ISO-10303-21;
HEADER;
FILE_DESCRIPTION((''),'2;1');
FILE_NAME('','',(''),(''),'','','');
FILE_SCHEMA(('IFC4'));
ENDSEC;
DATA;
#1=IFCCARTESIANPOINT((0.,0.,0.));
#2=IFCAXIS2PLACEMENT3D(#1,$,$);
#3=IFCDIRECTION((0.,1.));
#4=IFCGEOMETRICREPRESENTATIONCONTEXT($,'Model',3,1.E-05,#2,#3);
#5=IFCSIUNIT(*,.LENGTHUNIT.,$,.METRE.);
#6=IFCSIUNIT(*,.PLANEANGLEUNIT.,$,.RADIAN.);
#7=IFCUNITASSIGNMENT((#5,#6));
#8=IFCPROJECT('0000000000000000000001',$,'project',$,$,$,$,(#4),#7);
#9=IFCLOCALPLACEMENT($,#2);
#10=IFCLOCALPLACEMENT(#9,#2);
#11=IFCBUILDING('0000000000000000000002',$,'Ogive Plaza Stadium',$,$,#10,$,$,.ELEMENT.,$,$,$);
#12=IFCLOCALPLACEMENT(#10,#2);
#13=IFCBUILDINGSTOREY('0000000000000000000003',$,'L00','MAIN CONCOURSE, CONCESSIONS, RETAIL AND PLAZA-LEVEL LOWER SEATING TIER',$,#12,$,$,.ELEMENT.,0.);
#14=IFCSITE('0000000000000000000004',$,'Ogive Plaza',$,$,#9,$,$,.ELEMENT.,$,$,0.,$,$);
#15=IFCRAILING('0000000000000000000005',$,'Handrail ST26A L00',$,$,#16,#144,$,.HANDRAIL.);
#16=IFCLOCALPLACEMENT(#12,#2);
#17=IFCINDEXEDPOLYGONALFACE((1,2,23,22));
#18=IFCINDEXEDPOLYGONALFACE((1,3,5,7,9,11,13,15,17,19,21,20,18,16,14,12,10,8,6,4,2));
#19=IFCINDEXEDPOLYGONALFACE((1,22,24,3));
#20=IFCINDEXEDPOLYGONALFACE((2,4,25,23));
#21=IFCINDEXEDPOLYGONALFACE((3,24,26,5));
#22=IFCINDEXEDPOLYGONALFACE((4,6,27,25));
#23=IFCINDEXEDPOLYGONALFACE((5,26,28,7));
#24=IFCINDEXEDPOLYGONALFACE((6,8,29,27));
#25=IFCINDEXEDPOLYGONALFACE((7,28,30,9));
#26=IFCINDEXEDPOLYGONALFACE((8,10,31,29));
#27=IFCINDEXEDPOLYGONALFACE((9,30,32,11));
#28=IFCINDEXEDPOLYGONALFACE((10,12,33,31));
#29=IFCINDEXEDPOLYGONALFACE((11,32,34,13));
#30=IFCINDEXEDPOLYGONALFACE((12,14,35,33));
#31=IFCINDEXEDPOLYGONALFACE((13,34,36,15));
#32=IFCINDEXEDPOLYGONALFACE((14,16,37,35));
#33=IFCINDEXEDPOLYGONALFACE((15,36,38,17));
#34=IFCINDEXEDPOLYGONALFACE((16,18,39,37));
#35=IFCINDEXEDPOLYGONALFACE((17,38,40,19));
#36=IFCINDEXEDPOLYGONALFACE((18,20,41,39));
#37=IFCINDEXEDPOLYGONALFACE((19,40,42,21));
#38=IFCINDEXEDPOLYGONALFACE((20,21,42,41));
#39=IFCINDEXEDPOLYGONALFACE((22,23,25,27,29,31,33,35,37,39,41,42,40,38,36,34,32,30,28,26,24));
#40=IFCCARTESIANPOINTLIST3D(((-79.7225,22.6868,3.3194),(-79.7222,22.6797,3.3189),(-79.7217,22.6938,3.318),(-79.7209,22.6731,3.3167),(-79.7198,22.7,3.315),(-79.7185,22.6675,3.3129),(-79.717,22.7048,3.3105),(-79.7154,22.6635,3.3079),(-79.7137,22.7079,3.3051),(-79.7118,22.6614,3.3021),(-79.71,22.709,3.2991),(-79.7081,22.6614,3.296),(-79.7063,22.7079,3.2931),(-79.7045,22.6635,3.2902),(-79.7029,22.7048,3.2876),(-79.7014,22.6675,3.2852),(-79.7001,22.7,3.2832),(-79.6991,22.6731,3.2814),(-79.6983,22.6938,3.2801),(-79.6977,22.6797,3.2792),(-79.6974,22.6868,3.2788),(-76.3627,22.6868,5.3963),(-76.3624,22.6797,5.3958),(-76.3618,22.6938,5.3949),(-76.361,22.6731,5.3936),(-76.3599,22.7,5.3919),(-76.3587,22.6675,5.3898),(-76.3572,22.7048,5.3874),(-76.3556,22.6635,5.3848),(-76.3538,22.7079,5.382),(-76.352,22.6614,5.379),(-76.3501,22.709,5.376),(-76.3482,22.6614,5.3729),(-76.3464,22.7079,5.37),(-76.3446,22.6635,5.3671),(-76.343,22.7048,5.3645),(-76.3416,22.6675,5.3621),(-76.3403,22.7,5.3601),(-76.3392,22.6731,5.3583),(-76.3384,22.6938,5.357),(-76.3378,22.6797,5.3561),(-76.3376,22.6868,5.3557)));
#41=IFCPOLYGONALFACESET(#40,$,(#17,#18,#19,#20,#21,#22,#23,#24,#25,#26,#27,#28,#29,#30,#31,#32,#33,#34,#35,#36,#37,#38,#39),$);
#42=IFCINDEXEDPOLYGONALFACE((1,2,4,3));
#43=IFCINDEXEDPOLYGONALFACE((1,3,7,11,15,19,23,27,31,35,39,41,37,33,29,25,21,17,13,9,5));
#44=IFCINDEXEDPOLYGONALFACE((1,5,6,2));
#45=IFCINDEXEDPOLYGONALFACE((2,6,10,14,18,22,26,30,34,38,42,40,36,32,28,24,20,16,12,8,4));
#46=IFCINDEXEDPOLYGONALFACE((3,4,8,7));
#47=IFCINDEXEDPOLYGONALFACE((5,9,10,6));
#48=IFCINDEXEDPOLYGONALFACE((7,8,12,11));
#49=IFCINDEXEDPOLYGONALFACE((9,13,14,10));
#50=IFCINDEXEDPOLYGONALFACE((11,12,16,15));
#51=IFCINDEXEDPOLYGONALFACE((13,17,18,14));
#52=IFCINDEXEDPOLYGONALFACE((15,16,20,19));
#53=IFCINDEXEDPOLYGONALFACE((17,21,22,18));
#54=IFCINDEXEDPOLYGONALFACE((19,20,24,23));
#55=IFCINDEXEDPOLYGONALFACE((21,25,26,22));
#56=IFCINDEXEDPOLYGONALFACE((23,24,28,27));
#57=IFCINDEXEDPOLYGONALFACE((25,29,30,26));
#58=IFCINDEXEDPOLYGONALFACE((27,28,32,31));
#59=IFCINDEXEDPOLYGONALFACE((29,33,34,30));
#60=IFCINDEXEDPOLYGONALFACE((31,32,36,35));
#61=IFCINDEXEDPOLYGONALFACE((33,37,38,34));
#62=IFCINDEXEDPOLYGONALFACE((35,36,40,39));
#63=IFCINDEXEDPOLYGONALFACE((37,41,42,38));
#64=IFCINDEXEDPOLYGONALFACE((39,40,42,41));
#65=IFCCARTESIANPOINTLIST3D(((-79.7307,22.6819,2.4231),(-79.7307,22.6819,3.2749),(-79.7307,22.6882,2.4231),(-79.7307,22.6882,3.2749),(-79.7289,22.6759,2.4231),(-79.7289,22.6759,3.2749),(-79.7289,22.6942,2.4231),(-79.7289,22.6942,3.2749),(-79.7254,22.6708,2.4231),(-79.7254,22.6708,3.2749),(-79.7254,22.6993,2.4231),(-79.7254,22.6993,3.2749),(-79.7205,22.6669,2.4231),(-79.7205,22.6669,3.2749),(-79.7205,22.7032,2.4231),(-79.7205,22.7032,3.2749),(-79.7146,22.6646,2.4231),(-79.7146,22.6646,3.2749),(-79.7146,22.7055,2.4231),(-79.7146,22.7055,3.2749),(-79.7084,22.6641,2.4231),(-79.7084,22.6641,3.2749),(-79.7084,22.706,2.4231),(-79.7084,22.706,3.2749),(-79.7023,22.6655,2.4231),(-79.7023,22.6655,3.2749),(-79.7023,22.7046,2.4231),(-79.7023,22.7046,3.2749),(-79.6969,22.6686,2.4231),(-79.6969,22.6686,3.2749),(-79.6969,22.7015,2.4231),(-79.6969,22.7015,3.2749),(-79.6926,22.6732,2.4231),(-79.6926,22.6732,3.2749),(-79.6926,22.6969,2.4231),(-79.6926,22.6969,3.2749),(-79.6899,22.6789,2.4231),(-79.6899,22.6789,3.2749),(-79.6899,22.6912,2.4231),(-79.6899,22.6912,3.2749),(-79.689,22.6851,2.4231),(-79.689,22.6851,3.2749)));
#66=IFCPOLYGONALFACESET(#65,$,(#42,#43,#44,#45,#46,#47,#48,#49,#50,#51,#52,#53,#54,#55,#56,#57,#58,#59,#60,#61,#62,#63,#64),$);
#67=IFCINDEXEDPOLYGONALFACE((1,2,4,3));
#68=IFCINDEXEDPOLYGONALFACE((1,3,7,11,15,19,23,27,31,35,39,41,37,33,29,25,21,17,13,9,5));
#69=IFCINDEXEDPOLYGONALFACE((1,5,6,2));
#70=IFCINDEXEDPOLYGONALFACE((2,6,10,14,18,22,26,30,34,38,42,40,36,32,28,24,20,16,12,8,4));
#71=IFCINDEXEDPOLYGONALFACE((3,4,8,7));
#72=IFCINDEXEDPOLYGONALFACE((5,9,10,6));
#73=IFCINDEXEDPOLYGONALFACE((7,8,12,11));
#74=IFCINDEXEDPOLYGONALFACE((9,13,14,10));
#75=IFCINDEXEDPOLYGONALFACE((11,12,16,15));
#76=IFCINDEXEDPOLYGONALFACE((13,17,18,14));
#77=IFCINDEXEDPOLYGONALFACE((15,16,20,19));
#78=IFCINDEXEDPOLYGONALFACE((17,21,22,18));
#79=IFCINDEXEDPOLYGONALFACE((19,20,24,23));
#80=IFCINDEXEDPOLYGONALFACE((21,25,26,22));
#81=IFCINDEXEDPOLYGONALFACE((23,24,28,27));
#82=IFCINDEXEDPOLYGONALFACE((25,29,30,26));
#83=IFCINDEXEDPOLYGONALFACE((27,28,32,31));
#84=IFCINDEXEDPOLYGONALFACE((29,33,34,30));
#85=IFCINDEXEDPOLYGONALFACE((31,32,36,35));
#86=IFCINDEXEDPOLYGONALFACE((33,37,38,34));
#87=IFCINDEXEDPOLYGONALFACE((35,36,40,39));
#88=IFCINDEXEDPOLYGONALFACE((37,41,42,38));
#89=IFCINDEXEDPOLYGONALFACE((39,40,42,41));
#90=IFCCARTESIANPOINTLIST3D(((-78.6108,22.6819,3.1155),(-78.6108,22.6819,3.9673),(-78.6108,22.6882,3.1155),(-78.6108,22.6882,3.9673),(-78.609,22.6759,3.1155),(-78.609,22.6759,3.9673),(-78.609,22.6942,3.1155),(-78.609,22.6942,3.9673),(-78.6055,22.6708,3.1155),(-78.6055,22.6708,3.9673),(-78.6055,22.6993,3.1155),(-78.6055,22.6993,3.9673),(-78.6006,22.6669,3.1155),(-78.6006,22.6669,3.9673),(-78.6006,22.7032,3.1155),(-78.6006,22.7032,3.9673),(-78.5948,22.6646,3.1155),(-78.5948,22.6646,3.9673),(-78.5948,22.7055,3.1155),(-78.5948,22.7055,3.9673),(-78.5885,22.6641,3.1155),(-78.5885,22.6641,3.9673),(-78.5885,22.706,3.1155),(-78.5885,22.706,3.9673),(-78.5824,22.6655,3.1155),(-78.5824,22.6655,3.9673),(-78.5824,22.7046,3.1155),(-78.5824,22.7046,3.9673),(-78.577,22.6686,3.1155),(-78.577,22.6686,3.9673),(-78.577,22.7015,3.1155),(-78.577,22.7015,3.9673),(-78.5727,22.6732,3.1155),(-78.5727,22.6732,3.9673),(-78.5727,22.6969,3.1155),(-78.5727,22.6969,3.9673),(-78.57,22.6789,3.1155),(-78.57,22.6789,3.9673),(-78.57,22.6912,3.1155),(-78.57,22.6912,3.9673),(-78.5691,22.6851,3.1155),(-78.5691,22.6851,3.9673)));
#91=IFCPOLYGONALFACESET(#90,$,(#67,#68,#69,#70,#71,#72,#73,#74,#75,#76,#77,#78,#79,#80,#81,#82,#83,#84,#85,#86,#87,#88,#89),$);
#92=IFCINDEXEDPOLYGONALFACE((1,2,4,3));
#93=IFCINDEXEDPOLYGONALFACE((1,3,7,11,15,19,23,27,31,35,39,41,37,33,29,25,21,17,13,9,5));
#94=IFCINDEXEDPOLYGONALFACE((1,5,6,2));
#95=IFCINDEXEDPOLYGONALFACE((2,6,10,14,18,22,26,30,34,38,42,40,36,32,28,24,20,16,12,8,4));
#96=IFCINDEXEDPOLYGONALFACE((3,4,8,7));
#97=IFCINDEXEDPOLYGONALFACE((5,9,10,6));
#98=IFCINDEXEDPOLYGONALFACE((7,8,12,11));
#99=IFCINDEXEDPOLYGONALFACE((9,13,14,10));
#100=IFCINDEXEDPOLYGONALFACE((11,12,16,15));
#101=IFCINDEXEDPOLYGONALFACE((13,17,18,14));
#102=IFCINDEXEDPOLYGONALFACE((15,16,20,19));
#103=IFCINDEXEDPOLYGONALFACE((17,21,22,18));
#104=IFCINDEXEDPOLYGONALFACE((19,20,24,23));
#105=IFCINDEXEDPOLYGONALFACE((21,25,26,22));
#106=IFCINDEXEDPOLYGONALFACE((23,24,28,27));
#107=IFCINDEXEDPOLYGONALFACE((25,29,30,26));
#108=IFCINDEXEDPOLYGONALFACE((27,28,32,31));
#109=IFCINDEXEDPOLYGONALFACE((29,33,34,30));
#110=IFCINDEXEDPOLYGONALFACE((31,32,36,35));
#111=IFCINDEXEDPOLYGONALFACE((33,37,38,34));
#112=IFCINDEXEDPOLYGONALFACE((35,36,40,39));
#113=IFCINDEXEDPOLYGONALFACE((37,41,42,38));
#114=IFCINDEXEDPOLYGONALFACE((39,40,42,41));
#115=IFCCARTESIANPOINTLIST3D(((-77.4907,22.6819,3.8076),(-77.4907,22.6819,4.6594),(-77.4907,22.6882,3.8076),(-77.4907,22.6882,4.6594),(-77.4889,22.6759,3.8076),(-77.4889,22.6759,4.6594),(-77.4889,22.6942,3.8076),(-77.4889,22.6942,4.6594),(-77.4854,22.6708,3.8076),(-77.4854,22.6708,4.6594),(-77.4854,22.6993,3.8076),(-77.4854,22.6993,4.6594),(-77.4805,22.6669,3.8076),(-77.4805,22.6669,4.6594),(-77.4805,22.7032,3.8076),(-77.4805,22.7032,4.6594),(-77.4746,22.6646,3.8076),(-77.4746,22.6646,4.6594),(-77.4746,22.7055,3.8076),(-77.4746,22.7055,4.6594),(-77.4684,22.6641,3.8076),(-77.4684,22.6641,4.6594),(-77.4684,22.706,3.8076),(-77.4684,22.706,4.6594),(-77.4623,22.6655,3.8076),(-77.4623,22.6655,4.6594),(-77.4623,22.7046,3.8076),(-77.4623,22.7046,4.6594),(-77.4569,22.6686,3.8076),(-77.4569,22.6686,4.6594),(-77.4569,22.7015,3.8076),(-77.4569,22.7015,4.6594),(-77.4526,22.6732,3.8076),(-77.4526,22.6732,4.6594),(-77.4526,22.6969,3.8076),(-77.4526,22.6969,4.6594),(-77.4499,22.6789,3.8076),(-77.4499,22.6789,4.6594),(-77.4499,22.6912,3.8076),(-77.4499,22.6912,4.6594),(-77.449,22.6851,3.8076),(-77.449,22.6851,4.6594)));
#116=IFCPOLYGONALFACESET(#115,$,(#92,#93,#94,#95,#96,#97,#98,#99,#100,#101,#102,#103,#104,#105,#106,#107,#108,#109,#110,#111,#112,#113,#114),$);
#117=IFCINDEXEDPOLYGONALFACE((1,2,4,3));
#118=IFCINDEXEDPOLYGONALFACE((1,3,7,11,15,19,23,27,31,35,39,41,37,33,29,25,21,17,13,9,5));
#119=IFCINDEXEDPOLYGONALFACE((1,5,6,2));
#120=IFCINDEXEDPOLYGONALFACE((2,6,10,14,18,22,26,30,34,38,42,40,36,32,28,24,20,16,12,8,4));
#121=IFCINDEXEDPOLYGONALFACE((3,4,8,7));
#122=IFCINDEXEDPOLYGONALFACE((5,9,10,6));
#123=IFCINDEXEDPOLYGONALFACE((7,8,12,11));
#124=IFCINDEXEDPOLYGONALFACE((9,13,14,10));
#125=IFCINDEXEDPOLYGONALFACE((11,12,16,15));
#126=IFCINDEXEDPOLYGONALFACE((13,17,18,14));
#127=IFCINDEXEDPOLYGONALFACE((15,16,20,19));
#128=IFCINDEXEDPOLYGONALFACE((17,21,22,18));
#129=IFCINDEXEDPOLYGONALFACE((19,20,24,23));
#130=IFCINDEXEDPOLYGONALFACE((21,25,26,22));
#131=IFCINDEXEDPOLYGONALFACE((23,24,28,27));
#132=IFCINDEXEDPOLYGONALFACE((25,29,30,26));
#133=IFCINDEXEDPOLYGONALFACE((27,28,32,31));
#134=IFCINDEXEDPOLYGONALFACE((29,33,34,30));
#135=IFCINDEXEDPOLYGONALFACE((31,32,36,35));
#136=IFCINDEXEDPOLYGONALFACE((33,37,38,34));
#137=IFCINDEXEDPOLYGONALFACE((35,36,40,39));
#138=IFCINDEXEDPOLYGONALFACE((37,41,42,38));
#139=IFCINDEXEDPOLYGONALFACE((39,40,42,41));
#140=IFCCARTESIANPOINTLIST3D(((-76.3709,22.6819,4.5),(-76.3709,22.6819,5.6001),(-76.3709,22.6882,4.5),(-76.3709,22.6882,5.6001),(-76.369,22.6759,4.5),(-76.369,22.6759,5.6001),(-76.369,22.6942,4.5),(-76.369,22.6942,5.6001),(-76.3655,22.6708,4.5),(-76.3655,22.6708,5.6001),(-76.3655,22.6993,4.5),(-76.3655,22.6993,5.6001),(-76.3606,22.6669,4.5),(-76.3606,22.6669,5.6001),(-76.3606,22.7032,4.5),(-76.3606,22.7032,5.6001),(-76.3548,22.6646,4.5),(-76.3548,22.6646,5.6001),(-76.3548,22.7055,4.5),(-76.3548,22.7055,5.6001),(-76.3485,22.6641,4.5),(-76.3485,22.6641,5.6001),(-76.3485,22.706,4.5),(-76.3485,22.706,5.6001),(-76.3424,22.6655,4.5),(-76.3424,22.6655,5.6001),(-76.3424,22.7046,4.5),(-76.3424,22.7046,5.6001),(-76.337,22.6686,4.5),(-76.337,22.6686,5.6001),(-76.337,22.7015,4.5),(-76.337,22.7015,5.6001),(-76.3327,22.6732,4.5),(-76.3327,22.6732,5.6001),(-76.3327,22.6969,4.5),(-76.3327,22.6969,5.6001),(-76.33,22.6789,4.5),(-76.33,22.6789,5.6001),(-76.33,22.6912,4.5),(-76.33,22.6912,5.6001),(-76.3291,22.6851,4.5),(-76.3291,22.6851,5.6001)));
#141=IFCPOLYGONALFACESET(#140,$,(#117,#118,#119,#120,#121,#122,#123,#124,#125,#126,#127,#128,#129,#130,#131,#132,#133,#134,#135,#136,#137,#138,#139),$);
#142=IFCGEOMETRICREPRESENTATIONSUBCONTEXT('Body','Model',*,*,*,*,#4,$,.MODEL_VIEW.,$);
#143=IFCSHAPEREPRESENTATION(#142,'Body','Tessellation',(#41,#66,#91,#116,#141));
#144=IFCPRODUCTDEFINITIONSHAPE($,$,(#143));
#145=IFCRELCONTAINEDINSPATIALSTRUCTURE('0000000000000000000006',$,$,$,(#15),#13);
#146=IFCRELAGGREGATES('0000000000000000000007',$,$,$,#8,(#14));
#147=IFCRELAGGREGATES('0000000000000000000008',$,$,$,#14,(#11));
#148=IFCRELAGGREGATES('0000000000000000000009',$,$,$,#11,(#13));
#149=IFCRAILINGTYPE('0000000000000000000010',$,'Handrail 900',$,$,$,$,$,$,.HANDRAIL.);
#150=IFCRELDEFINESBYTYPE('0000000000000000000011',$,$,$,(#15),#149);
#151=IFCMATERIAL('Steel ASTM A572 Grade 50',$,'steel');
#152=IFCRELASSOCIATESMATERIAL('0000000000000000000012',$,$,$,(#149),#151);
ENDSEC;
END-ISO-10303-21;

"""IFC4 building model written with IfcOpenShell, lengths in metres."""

from ifc_helpers import new_model, si_unit, direction, frame, origin, origin_2d, place, context, subcontext, project, spatial, circle, extrude, material, type_object, element, save


model = new_model("IFC4")

# Units and contexts
model_context = context("Model", 3, precision=1e-05, world=origin(), true_north=direction((0.0, 1.0)))
body_context = subcontext(model_context, "Body", "Model", "MODEL_VIEW")
ifc_project = project(units=[si_unit("LENGTHUNIT", "METRE"), si_unit("PLANEANGLEUNIT", "RADIAN")], contexts=[model_context])

# Site, building, storey
site_placement = place(None, origin())
site = spatial("IfcSite", under=ifc_project, at=site_placement, Name="Ogive Plaza", CompositionType="ELEMENT", RefElevation=0.0)
building_placement = place(site_placement, origin())
building = spatial("IfcBuilding", under=site, at=building_placement, Name="Ogive Plaza Stadium", CompositionType="ELEMENT")
storey_placement = place(building_placement, origin())
storey = spatial("IfcBuildingStorey", under=building, at=storey_placement, Name="L00", Description="MAIN CONCOURSE, CONCESSIONS, RETAIL AND PLAZA-LEVEL LOWER SEATING TIER", CompositionType="ELEMENT", Elevation=0.0)

# Railing
ifc_material_1 = material(Name="Steel ASTM A572 Grade 50", Category="steel")
railing_type_1 = type_object("IfcRailingType", Name="Handrail 900", PredefinedType="HANDRAIL", material=ifc_material_1)
for number, where, name in (
    (1, (-79.71, 22.6851, 2.4231), "Handrail ST26A L00"),
):
    element("IfcRailing", number, at=place(storey_placement, frame(where)), inside=storey, type_object=railing_type_1, Name=name, PredefinedType="HANDRAIL", context=body_context, shape_type="SweptSolid", body=[
        extrude(circle(Radius=0.0239, at=origin_2d()), frame((0.0, 0.0, 0.876), z_axis=(0.850606, 0.0, 0.525803), x_axis=(0.0, 1.0, 0.0)), (0.0, 0.0, 1.0), 3.95),
        extrude(circle(Radius=0.021, at=origin_2d()), origin(), (0.0, 0.0, 1.0), 0.8518),
        extrude(circle(Radius=0.021, at=origin_2d()), frame((1.1199, 0.0, 0.6924)), (0.0, 0.0, 1.0), 0.8518),
        extrude(circle(Radius=0.021, at=origin_2d()), frame((2.24, 0.0, 1.3845)), (0.0, 0.0, 1.0), 0.8518),
        extrude(circle(Radius=0.021, at=origin_2d()), frame((3.3599, 0.0, 2.0769)), (0.0, 0.0, 1.0), 1.1001),
    ])

save(model, "model.ifc")
